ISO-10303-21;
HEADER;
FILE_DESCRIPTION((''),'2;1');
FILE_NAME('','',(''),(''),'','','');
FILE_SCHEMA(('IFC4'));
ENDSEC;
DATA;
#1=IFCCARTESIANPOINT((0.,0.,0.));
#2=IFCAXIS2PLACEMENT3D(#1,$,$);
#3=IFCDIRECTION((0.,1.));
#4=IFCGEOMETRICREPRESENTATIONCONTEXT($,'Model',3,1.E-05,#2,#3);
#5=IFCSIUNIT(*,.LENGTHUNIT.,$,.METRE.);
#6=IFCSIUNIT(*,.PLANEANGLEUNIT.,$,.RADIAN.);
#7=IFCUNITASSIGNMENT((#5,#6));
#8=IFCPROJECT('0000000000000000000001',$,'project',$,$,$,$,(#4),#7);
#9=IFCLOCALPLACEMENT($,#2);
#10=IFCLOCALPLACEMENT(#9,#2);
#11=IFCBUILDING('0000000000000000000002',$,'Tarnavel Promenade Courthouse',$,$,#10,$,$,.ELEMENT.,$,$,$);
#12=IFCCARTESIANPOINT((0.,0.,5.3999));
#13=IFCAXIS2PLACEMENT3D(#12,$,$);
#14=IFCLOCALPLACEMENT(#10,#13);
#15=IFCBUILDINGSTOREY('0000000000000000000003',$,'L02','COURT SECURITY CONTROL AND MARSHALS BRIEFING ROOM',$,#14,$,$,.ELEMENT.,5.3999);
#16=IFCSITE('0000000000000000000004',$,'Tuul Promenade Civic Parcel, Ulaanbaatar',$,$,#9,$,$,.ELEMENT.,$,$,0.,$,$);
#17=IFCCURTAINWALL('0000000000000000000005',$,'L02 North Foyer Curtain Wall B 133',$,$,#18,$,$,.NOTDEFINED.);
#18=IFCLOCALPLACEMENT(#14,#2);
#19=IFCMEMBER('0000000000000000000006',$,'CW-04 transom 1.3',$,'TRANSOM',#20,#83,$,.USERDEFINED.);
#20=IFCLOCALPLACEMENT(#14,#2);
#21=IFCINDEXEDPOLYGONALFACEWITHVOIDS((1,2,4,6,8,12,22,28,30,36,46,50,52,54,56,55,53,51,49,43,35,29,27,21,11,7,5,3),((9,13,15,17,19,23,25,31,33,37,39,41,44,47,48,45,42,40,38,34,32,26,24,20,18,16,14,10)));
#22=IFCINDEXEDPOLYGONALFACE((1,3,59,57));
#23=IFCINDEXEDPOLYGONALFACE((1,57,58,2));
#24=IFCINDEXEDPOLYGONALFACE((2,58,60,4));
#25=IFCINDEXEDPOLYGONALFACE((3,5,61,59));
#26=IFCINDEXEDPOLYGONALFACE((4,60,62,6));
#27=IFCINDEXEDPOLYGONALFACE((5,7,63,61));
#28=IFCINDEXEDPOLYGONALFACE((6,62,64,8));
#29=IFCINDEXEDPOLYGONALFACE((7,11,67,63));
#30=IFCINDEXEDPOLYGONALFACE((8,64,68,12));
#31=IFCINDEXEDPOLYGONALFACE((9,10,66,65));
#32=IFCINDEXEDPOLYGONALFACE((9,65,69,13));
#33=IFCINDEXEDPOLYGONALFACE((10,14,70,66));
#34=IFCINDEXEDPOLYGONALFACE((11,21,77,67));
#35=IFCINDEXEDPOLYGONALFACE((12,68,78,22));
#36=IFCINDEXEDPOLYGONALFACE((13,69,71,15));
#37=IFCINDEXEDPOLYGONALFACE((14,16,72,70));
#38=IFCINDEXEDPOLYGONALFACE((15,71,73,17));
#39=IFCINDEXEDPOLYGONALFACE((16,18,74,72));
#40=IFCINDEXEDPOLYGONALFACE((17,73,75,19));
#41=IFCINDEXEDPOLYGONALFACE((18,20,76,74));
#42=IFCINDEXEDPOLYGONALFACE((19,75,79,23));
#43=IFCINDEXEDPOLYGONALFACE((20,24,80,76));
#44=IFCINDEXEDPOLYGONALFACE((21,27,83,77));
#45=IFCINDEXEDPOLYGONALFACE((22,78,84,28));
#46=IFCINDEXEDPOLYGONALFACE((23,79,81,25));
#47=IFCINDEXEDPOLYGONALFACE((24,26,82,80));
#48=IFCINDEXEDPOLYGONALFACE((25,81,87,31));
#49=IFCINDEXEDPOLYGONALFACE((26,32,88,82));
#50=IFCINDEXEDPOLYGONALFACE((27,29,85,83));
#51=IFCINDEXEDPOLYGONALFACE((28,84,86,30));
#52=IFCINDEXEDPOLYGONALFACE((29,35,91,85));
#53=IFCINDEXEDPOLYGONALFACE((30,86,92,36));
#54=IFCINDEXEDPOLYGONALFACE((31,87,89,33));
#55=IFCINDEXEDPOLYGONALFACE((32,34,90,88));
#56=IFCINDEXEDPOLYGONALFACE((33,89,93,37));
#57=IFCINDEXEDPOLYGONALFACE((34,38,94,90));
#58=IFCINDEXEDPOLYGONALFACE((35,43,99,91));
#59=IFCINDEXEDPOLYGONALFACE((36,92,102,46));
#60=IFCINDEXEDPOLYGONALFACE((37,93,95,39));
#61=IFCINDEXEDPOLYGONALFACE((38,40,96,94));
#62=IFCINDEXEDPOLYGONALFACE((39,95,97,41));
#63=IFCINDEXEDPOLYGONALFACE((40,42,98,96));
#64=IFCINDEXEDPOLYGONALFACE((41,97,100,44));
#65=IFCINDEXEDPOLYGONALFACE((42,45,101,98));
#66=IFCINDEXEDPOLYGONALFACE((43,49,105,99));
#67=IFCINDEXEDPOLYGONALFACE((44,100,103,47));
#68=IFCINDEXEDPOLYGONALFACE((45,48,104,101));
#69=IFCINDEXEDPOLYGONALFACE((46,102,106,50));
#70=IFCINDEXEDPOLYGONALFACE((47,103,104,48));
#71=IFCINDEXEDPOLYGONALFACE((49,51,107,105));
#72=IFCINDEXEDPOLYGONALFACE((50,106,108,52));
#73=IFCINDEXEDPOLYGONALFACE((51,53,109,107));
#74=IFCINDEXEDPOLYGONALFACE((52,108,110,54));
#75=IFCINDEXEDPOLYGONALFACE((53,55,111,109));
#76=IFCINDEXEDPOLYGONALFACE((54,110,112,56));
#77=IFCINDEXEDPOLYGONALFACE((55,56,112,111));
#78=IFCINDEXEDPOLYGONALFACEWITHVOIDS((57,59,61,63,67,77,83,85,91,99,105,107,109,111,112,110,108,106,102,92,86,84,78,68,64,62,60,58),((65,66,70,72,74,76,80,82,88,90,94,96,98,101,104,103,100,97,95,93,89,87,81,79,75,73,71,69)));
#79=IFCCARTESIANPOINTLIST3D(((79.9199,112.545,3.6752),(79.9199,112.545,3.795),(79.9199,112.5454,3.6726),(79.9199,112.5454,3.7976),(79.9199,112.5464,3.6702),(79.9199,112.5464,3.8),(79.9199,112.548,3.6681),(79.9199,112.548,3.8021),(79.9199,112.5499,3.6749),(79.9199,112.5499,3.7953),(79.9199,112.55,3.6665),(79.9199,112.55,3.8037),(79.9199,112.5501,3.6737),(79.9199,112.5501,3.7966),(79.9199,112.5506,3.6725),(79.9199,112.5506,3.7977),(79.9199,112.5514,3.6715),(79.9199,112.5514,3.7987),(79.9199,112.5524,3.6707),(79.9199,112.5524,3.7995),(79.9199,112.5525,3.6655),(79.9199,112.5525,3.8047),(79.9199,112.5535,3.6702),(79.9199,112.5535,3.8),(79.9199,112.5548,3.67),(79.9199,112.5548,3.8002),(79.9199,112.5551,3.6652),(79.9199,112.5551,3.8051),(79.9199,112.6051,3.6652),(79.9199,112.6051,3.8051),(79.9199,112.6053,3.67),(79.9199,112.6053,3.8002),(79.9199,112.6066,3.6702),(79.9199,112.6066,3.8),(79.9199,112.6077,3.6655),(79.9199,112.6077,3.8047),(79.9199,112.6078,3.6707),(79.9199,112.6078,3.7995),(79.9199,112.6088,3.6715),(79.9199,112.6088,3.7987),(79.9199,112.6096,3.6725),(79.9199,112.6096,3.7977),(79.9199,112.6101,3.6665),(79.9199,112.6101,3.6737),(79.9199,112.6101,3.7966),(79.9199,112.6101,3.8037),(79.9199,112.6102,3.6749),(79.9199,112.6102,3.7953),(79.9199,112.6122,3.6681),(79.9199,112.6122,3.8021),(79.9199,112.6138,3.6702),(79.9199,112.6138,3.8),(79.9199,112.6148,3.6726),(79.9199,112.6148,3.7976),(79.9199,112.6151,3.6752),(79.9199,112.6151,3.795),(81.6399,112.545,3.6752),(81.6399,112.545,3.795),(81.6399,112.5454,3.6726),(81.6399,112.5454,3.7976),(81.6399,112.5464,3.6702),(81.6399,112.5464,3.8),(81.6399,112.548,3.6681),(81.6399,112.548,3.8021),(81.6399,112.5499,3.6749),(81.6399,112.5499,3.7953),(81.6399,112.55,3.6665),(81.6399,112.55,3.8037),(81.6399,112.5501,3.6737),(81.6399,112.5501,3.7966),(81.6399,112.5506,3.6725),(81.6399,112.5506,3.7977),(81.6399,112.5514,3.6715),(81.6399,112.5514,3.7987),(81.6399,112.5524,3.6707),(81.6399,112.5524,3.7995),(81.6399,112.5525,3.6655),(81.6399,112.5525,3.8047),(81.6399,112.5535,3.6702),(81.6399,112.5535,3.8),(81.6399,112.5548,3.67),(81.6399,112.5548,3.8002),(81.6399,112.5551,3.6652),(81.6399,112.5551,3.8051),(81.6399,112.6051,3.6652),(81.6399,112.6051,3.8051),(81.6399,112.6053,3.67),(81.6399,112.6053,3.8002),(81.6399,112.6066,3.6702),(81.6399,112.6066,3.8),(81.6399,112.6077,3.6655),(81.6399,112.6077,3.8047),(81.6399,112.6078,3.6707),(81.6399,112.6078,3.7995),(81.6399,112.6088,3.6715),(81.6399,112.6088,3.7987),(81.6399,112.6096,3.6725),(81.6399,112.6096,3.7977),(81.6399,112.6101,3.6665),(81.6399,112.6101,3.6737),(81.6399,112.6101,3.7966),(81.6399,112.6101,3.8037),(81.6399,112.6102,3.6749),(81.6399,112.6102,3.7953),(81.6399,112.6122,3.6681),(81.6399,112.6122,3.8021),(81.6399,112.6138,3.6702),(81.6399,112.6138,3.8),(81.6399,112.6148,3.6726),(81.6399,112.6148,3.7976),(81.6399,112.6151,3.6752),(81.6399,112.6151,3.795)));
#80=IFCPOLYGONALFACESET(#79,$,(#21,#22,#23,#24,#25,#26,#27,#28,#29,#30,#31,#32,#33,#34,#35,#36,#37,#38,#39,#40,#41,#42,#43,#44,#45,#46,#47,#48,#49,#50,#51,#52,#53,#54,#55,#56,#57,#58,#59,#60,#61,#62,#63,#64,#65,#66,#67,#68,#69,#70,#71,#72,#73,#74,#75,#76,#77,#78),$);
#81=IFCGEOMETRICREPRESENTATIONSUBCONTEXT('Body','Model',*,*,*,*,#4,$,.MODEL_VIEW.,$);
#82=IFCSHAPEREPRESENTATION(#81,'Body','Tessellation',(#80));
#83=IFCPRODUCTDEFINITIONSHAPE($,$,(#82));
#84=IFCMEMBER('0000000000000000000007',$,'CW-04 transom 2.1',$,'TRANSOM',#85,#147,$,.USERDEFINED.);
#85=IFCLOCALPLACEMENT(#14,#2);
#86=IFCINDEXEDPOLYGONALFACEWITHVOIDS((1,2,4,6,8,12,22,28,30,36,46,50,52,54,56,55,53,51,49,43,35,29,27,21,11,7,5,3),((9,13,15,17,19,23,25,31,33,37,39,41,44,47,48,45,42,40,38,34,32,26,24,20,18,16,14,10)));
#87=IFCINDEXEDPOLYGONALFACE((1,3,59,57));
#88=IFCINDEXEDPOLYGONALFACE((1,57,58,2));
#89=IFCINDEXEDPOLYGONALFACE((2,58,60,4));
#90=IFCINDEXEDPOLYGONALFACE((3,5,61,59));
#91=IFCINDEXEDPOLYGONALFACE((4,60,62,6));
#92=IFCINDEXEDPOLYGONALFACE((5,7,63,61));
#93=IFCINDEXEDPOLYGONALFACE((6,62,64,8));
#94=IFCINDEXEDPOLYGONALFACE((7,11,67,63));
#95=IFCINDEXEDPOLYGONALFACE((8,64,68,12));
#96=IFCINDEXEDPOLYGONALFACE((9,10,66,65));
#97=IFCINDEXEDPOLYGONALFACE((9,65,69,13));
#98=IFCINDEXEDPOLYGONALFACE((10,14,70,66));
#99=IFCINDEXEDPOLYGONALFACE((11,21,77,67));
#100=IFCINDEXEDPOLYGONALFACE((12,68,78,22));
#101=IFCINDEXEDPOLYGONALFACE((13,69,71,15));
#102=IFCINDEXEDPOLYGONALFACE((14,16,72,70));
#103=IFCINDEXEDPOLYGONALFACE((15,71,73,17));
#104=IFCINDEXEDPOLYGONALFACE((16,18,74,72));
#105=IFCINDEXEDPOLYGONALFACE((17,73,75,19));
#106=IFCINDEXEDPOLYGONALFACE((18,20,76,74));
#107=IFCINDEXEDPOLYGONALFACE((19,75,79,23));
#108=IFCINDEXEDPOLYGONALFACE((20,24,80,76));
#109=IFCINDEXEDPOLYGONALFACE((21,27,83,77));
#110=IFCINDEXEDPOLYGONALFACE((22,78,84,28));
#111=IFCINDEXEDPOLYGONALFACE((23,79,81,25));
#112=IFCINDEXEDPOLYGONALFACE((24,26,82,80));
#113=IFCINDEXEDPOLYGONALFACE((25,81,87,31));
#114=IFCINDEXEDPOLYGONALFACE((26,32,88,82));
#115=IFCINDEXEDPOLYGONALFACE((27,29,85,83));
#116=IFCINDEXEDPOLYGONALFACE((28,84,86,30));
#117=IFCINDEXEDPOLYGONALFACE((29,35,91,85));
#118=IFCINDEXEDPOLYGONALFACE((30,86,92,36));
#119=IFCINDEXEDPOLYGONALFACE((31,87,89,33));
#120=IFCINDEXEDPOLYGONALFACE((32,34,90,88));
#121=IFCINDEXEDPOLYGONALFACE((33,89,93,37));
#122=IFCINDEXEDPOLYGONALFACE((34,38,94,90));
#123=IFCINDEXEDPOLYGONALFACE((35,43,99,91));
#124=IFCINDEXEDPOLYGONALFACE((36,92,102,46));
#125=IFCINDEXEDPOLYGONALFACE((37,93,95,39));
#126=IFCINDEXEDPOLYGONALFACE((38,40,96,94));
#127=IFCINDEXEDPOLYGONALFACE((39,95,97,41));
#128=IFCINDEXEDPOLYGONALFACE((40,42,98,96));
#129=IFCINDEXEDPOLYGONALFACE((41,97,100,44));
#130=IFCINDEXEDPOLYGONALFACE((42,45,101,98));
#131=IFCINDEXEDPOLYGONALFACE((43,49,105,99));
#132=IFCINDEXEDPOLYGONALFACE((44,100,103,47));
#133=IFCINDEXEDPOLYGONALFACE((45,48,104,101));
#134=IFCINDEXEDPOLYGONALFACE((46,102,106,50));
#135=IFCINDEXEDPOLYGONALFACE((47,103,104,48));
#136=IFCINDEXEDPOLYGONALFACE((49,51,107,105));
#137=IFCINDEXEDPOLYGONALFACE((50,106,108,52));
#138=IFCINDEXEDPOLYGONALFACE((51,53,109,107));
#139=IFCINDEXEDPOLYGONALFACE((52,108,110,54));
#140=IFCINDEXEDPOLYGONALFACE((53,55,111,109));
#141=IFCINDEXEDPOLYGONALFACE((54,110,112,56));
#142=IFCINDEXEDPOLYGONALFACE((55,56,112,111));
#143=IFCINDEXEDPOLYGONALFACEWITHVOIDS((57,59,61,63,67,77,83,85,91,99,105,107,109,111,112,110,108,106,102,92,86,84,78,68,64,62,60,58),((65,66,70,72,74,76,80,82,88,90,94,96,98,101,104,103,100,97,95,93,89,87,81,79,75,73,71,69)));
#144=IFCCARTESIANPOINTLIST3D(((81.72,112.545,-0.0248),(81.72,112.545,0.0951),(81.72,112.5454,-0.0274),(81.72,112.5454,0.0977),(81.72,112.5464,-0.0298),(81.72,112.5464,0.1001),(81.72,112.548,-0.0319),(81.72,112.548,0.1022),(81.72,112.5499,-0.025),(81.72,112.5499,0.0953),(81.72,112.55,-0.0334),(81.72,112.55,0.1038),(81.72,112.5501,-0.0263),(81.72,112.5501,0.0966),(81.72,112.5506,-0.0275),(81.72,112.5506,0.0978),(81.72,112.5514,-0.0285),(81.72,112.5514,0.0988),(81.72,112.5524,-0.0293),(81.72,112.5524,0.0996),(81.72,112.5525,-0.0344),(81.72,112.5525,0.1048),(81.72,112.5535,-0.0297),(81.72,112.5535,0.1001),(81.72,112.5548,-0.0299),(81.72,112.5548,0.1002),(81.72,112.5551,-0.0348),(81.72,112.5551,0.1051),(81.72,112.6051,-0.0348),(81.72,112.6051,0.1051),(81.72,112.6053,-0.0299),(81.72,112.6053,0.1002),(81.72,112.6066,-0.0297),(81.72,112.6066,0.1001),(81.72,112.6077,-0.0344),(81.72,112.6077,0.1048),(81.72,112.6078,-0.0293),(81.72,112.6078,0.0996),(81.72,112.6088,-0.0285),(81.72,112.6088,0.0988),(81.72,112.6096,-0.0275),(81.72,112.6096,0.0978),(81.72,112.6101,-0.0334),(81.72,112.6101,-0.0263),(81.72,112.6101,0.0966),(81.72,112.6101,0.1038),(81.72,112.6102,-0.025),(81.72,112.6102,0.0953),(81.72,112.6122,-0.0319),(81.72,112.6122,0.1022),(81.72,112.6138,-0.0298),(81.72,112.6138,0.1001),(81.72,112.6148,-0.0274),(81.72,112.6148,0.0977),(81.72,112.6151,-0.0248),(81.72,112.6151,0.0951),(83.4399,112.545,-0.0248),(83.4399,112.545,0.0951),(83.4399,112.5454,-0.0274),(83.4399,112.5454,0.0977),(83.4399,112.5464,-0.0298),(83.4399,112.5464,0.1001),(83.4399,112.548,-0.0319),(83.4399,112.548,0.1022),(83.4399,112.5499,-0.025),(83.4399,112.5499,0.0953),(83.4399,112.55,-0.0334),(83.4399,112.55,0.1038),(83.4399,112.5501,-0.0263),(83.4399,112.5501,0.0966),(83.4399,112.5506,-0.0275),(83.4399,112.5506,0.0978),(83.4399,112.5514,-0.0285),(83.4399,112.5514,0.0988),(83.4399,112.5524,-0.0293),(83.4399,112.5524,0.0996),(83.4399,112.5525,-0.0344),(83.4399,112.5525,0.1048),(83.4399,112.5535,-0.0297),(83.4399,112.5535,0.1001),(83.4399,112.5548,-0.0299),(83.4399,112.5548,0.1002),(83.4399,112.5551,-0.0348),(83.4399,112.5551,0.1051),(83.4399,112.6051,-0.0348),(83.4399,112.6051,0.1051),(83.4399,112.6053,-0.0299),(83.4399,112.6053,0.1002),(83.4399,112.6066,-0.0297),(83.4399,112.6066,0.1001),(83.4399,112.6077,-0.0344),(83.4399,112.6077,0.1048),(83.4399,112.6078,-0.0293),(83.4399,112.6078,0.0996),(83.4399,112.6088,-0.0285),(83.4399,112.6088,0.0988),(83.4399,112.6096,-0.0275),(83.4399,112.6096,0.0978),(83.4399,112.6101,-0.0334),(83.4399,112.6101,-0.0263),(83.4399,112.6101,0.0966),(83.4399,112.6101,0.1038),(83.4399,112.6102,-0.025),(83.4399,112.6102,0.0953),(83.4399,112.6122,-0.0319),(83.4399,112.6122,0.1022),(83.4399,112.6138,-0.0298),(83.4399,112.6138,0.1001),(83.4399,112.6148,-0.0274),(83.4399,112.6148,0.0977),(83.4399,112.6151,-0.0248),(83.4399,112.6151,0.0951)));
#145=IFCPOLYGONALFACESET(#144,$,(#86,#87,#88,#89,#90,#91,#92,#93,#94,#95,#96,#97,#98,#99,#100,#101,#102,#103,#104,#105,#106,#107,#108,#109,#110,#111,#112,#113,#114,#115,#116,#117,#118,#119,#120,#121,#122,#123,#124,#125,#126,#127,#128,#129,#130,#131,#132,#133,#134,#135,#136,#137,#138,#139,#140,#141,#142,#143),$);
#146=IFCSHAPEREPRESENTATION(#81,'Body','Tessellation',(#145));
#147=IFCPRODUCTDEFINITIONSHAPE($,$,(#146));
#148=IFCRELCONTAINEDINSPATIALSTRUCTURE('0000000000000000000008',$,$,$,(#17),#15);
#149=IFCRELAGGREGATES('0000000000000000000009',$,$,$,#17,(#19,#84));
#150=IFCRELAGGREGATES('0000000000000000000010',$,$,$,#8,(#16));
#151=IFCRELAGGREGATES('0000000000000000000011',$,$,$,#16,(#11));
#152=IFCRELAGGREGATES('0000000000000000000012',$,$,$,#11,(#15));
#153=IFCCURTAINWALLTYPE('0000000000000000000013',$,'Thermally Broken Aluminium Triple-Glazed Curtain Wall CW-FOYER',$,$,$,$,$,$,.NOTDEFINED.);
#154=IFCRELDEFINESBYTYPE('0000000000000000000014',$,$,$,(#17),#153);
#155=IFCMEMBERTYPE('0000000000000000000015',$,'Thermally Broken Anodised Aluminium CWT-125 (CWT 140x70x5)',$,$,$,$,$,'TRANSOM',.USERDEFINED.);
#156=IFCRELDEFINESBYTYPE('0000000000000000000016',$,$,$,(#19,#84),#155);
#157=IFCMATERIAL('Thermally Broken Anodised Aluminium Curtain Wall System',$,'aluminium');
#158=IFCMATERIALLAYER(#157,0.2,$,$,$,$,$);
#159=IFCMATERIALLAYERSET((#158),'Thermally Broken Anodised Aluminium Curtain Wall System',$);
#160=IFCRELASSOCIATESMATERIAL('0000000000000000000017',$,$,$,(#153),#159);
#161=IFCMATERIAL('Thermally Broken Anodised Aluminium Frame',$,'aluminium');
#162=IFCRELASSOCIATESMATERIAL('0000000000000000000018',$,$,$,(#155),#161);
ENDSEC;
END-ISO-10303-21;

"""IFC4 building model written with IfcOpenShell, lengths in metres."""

from ifc_helpers import new_model, si_unit, direction, frame, origin, origin_2d, place, context, subcontext, project, spatial, hollow_rectangle, extrude, material, layer, layer_set, material_profile, profile_set, type_object, element, aggregate, save


model = new_model("IFC4")

# Units and contexts
model_context = context("Model", 3, precision=1e-05, world=origin(), true_north=direction((0.0, 1.0)))
body_context = subcontext(model_context, "Body", "Model", "MODEL_VIEW")
ifc_project = project(units=[si_unit("LENGTHUNIT", "METRE"), si_unit("PLANEANGLEUNIT", "RADIAN")], contexts=[model_context])

# Site, building, storey
site_placement = place(None, origin())
site = spatial("IfcSite", under=ifc_project, at=site_placement, Name="Tuul Promenade Civic Parcel, Ulaanbaatar", CompositionType="ELEMENT", RefElevation=0.0)
building_placement = place(site_placement, origin())
building = spatial("IfcBuilding", under=site, at=building_placement, Name="Tarnavel Promenade Courthouse", CompositionType="ELEMENT")
storey_placement = place(building_placement, frame((0.0, 0.0, 5.3999)))
storey = spatial("IfcBuildingStorey", under=building, at=storey_placement, Name="L02", Description="COURT SECURITY CONTROL AND MARSHALS BRIEFING ROOM", CompositionType="ELEMENT", Elevation=5.3999)

# Curtain wall
ifc_material_1 = material(Name="Thermally Broken Anodised Aluminium Curtain Wall System", Category="aluminium")
ifc_layer_1 = layer(ifc_material_1, 0.2)
ifc_layer_set_1 = layer_set([ifc_layer_1], Name="Thermally Broken Anodised Aluminium Curtain Wall System")
curtain_wall_type = type_object("IfcCurtainWallType", Name="Thermally Broken Aluminium Triple-Glazed Curtain Wall CW-FOYER", PredefinedType="NOTDEFINED", material=ifc_layer_set_1)
ifc_material_2 = material(Name="Thermally Broken Anodised Aluminium Frame", Category="aluminium")
curtain_wall_1_placement = place(storey_placement, origin())
curtain_wall_1 = element("IfcCurtainWall", 1, at=curtain_wall_1_placement, inside=storey, type_object=curtain_wall_type, Name="L02 North Foyer Curtain Wall B 133", PredefinedType="NOTDEFINED")

# Members
ifc_material_profile_1 = material_profile(ifc_material_2, hollow_rectangle(XDim=0.0701, YDim=0.1399, WallThickness=0.0049, InnerFilletRadius=0.0049, OuterFilletRadius=0.01, at=origin_2d()), Name="CWT 140x70x5")
ifc_profile_set_1 = profile_set([ifc_material_profile_1], Name="Thermally Broken Anodised Aluminium Frame")
member_type_1 = type_object("IfcMemberType", Name="Thermally Broken Anodised Aluminium CWT-125 (CWT 140x70x5)", ElementType="TRANSOM", PredefinedType="USERDEFINED", material=ifc_profile_set_1)
member_1_placement = place(storey_placement, frame((79.9199, 112.5801, 3.7351), z_axis=(1.0, 0.0, 0.0), x_axis=(0.0, 1.0, 0.0)))
member_1 = element("IfcMember", 2, at=member_1_placement, type_object=member_type_1, Name="CW-04 transom 1.3", ObjectType="TRANSOM", PredefinedType="USERDEFINED", context=body_context, shape_type="SweptSolid", body=[
    extrude(hollow_rectangle(XDim=0.0701, YDim=0.1399, WallThickness=0.0049, InnerFilletRadius=0.0049, OuterFilletRadius=0.01, at=origin_2d()), origin(), (0.0, 0.0, 1.0), 1.72),
])
member_2_placement = place(storey_placement, frame((81.72, 112.5801, 0.0352), z_axis=(1.0, 0.0, 0.0), x_axis=(0.0, 1.0, 0.0)))
member_2 = element("IfcMember", 3, at=member_2_placement, type_object=member_type_1, Name="CW-04 transom 2.1", ObjectType="TRANSOM", PredefinedType="USERDEFINED", context=body_context, shape_type="SweptSolid", body=[
    extrude(hollow_rectangle(XDim=0.0701, YDim=0.1399, WallThickness=0.0049, InnerFilletRadius=0.0049, OuterFilletRadius=0.01, at=origin_2d()), origin(), (0.0, 0.0, 1.0), 1.72),
])

aggregate(curtain_wall_1, [member_1, member_2])

save(model, "model.ifc")
